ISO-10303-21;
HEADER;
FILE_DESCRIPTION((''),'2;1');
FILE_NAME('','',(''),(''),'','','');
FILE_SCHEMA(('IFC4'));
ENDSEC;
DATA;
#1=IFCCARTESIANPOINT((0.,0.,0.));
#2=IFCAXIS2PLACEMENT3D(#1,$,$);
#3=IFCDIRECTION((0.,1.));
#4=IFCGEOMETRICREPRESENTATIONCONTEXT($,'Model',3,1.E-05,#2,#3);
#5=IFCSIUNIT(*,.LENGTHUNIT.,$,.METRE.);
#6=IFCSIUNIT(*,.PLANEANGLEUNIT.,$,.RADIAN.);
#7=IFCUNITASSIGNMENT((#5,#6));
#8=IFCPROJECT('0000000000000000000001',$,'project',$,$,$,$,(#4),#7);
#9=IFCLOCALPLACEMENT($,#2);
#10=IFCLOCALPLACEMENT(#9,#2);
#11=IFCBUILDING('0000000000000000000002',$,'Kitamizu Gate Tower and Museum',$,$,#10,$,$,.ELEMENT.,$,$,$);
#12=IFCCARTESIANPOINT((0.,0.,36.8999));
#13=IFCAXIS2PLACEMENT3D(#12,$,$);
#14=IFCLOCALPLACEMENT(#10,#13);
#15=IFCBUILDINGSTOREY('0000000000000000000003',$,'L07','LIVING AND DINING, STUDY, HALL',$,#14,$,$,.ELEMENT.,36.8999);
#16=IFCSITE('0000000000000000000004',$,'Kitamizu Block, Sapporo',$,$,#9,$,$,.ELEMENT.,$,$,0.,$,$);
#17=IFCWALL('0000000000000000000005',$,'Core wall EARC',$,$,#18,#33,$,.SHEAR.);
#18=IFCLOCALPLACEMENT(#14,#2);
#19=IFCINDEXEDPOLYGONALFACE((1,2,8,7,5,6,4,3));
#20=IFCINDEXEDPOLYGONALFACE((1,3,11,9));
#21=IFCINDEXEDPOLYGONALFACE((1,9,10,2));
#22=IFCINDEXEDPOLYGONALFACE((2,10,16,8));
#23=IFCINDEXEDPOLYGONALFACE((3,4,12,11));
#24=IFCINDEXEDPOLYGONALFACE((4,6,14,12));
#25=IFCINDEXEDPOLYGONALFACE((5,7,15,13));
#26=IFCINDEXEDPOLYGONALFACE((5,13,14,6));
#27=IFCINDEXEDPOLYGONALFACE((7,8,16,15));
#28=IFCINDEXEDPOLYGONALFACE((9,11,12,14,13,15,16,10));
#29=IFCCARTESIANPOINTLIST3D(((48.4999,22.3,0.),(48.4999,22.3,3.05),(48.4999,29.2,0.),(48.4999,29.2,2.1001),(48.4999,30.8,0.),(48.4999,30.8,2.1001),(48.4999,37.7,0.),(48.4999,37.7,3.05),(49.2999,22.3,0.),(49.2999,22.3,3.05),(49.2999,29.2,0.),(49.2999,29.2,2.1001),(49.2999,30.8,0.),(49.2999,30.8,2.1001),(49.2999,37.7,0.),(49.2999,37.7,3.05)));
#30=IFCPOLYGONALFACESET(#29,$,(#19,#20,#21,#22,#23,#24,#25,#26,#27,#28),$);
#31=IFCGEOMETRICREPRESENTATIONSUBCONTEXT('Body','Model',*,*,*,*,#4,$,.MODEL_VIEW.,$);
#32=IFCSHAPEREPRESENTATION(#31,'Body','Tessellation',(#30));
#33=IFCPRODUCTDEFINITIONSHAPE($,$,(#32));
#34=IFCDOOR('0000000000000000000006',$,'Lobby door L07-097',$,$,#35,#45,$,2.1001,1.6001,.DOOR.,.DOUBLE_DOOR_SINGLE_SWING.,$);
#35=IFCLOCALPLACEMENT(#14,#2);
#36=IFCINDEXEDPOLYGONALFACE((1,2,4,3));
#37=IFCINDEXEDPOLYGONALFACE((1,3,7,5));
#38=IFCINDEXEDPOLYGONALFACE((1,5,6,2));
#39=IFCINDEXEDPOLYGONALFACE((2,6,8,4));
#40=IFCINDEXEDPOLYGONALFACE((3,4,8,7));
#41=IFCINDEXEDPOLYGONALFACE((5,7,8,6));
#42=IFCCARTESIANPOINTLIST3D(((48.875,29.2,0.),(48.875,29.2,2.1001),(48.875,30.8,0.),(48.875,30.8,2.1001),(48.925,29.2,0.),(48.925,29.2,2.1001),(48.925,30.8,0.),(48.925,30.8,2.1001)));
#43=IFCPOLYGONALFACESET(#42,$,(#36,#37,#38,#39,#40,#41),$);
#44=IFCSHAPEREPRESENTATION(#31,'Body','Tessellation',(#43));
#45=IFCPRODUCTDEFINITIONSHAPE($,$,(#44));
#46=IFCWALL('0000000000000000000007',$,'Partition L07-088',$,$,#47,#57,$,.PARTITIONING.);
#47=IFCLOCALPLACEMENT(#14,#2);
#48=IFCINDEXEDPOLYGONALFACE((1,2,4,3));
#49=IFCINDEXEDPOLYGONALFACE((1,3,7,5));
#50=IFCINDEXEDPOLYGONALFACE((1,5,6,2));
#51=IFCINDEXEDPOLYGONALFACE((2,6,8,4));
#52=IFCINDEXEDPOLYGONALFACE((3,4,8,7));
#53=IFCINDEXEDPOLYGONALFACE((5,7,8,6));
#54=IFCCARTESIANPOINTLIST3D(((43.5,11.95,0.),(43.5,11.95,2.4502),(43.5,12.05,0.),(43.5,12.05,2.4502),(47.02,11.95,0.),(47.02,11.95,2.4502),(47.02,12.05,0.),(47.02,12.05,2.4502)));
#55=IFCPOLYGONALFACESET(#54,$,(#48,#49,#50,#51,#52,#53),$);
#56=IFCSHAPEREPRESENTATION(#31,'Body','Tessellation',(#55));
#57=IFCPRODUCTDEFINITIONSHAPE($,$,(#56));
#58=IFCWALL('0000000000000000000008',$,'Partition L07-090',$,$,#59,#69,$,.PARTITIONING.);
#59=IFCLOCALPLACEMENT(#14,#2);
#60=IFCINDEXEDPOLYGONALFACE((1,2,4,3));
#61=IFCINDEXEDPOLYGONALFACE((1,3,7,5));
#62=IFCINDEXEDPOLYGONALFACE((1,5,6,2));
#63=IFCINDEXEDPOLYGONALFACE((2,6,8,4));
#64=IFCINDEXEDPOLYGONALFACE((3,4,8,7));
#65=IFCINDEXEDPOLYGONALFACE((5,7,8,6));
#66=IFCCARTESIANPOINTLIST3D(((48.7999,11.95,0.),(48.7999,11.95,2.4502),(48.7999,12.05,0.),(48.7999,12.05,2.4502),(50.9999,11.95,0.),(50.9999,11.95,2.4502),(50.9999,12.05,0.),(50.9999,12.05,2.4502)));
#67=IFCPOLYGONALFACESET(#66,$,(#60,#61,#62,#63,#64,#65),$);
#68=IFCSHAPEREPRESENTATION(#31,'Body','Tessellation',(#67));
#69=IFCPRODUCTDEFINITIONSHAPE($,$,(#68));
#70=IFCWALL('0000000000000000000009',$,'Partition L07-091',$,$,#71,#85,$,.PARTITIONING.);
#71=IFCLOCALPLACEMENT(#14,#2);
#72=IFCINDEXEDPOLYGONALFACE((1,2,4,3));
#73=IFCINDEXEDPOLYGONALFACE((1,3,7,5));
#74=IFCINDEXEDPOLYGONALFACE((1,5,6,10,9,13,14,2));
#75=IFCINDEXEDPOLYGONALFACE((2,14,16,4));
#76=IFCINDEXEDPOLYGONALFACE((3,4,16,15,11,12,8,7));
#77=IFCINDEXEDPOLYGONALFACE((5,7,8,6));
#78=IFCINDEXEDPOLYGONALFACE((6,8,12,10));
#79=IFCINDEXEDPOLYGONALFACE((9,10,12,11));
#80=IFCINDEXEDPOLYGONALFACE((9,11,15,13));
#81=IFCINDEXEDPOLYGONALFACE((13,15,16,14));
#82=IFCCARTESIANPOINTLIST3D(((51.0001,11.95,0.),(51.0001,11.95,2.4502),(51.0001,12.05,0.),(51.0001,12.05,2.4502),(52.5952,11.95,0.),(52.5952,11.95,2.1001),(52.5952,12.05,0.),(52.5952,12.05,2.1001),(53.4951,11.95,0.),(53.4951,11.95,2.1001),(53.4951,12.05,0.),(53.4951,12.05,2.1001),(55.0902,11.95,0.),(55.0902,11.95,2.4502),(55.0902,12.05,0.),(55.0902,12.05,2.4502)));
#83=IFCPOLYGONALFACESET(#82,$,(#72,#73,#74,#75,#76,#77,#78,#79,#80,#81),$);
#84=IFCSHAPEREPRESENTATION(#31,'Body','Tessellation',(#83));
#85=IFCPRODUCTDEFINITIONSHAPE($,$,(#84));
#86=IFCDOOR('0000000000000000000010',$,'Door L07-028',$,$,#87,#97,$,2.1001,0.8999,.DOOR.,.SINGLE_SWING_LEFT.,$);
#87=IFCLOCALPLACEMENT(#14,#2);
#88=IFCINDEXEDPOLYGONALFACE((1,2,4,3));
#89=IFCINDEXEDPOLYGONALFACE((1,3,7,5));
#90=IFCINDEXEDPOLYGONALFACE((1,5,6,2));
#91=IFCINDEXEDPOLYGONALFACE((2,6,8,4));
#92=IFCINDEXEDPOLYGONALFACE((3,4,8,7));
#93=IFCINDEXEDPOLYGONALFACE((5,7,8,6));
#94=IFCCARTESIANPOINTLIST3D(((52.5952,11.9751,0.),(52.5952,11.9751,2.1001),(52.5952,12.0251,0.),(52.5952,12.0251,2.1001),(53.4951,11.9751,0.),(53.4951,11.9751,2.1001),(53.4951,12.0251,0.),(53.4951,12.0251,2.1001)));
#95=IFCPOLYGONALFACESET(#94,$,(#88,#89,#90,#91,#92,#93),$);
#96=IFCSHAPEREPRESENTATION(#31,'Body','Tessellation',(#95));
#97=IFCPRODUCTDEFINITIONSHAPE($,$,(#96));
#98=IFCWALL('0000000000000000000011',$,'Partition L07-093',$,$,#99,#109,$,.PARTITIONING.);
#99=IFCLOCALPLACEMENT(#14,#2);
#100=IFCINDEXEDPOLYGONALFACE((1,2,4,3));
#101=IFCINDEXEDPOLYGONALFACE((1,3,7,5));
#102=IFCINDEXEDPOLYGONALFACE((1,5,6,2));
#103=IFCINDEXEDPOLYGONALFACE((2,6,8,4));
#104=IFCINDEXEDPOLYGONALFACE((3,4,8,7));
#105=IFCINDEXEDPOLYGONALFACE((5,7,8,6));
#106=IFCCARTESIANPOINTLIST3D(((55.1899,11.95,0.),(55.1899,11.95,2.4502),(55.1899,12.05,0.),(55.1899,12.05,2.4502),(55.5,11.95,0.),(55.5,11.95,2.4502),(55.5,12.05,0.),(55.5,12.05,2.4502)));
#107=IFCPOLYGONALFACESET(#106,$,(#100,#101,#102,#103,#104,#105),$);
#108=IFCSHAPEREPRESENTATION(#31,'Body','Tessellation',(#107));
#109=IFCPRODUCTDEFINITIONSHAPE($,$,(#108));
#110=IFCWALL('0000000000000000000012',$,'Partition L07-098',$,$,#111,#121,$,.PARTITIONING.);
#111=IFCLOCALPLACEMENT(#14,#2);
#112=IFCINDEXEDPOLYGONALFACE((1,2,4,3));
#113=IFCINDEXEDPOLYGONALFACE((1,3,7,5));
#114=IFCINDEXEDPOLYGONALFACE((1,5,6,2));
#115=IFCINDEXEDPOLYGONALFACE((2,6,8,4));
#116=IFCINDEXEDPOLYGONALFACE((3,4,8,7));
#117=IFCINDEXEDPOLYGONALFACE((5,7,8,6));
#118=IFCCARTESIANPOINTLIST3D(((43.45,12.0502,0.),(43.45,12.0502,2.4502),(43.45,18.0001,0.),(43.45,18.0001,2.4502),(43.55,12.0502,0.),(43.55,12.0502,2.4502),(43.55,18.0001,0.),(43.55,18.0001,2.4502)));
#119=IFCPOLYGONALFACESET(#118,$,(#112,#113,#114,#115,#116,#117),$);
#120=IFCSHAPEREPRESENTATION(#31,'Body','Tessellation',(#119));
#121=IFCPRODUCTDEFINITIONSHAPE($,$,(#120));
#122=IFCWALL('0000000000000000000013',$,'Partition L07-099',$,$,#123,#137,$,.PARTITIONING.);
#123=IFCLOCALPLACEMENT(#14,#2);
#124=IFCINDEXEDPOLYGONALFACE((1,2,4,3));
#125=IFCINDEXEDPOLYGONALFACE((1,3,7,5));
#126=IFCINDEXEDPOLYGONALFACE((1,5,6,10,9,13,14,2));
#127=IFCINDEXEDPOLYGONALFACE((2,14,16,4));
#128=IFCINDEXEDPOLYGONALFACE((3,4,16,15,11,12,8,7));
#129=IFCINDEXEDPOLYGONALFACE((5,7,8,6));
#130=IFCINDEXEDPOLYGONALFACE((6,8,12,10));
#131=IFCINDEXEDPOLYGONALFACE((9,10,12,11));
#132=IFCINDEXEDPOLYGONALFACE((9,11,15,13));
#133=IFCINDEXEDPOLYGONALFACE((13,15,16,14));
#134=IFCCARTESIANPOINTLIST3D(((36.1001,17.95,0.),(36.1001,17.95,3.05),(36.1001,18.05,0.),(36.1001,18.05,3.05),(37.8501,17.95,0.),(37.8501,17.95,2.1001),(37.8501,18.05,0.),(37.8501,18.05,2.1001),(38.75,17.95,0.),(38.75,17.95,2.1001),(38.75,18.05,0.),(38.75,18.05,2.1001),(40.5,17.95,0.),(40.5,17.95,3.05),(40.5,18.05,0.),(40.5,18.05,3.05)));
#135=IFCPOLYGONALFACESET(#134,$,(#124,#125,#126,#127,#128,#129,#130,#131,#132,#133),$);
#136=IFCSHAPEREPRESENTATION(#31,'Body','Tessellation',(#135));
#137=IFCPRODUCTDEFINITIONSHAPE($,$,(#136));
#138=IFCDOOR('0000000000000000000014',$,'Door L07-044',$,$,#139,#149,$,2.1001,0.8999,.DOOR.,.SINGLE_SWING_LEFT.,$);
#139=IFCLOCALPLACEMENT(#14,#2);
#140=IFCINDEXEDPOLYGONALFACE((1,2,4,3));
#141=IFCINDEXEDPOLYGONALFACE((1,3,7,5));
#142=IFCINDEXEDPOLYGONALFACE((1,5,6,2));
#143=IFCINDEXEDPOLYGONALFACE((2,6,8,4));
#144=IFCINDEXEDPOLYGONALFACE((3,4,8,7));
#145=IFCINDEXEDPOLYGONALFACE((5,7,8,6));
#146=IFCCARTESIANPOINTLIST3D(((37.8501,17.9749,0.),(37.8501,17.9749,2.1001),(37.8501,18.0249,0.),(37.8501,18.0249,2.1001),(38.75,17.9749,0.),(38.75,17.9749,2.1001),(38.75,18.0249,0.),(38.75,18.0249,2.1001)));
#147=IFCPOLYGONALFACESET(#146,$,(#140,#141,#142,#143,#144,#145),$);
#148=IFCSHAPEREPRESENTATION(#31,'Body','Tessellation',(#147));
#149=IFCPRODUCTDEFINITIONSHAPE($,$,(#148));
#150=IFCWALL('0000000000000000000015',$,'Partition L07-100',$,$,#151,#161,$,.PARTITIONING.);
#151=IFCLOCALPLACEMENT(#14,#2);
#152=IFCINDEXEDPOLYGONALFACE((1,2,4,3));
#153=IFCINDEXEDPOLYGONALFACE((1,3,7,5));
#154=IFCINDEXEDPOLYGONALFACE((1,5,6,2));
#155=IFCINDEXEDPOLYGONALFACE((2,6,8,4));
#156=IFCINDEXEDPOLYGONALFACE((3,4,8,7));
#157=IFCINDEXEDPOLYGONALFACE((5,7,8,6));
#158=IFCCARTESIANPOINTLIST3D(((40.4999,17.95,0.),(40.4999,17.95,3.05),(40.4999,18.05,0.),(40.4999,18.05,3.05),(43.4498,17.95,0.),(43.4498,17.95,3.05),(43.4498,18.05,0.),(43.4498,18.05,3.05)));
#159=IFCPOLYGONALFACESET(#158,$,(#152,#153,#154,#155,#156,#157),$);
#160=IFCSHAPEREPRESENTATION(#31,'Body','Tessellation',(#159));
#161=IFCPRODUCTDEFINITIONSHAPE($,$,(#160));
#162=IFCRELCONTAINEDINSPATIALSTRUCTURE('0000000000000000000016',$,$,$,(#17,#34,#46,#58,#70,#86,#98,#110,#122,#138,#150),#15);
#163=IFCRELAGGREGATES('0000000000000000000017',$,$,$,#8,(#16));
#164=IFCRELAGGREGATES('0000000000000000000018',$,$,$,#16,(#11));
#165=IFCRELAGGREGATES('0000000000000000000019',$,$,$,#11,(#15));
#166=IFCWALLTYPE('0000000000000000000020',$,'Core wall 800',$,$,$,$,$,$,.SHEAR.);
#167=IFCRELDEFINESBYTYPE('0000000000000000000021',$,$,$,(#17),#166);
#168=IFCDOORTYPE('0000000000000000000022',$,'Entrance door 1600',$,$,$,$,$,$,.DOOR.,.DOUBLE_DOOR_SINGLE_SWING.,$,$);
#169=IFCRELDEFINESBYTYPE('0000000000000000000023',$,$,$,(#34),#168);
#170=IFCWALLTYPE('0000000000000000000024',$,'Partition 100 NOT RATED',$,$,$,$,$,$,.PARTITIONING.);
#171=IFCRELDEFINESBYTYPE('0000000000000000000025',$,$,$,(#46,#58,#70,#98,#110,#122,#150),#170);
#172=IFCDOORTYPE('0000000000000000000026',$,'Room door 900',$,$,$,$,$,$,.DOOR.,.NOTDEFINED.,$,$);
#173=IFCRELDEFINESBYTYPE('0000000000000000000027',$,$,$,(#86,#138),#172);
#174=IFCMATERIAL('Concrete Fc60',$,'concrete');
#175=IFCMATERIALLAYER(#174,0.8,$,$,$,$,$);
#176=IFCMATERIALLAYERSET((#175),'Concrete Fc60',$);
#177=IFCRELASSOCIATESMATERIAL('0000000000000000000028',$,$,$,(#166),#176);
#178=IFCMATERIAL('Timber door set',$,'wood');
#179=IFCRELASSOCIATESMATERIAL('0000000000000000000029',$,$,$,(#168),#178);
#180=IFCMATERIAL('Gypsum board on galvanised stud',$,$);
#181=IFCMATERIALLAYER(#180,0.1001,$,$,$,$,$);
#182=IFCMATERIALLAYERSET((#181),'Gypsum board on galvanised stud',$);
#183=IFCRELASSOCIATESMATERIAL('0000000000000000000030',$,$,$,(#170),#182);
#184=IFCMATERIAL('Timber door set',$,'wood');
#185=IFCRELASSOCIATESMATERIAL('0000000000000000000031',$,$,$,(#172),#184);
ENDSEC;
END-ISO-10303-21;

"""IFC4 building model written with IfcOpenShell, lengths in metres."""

from ifc_helpers import new_model, si_unit, direction, frame, frame_2d, origin, place, context, subcontext, project, spatial, rectangle, extrude, material, layer, layer_set, type_object, element, fill, save


model = new_model("IFC4")

# Units and contexts
model_context = context("Model", 3, precision=1e-05, world=origin(), true_north=direction((0.0, 1.0)))
body_context = subcontext(model_context, "Body", "Model", "MODEL_VIEW")
ifc_project = project(units=[si_unit("LENGTHUNIT", "METRE"), si_unit("PLANEANGLEUNIT", "RADIAN")], contexts=[model_context])

# Site, building, storey
site_placement = place(None, origin())
site = spatial("IfcSite", under=ifc_project, at=site_placement, Name="Kitamizu Block, Sapporo", CompositionType="ELEMENT", RefElevation=0.0)
building_placement = place(site_placement, origin())
building = spatial("IfcBuilding", under=site, at=building_placement, Name="Kitamizu Gate Tower and Museum", CompositionType="ELEMENT")
storey_placement = place(building_placement, frame((0.0, 0.0, 36.8999)))
storey = spatial("IfcBuildingStorey", under=building, at=storey_placement, Name="L07", Description="LIVING AND DINING, STUDY, HALL", CompositionType="ELEMENT", Elevation=36.8999)

# Wall, opening, door
ifc_material_1 = material(Name="Concrete Fc60", Category="concrete")
ifc_layer_1 = layer(ifc_material_1, 0.8)
ifc_layer_set_1 = layer_set([ifc_layer_1], Name="Concrete Fc60")
wall_type_1 = type_object("IfcWallType", Name="Core wall 800", PredefinedType="SHEAR", material=ifc_layer_set_1)
wall_1_placement = place(storey_placement, frame((48.8999, 22.3, 0.0), z_axis=(0.0, 0.0, 1.0), x_axis=(0.0, 1.0, 0.0)))
wall_1 = element("IfcWall", 1, at=wall_1_placement, inside=storey, type_object=wall_type_1, Name="Core wall EARC", PredefinedType="SHEAR", context=body_context, shape_type="SweptSolid", body=[
    extrude(rectangle(XDim=15.3999, YDim=0.8, at=frame_2d((7.7, 0.0))), origin(), (0.0, 0.0, 1.0), 3.05),
])
opening_1_placement = place(wall_1_placement, frame((6.8999, 0.0, 0.0)))
opening_1 = element("IfcOpeningElement", 2, at=opening_1_placement, cuts=wall_1, PredefinedType="OPENING", context=body_context, shape_type="SweptSolid", body=[
    extrude(rectangle(XDim=1.6001, YDim=2.1001, at=frame_2d((0.8, 1.05))), frame((0.0, 0.4102, 0.0), z_axis=(0.0, -1.0, 0.0), x_axis=(1.0, 0.0, 0.0)), (0.0, 0.0, 1.0), 0.8201),
])
ifc_material_2 = material(Name="Timber door set", Category="wood")
door_type_1 = type_object("IfcDoorType", Name="Entrance door 1600", OperationType="DOUBLE_DOOR_SINGLE_SWING", PredefinedType="DOOR", material=ifc_material_2)
door_1_placement = place(opening_1_placement, origin())
door_1 = element("IfcDoor", 3, at=door_1_placement, inside=storey, type_object=door_type_1, Name="Lobby door L07-097", OperationType="DOUBLE_DOOR_SINGLE_SWING", OverallHeight=2.1001, OverallWidth=1.6001, PredefinedType="DOOR", context=body_context, shape_type="SweptSolid", body=[
    extrude(rectangle(XDim=1.6001, YDim=2.1001, at=frame_2d((0.8, 1.05))), frame((0.0, 0.0249, 0.0), z_axis=(0.0, -1.0, 0.0), x_axis=(1.0, 0.0, 0.0)), (0.0, 0.0, 1.0), 0.05),
])
fill(opening_1, door_1)

# Walls
ifc_material_3 = material(Name="Gypsum board on galvanised stud")
ifc_layer_2 = layer(ifc_material_3, 0.1001)
ifc_layer_set_2 = layer_set([ifc_layer_2], Name="Gypsum board on galvanised stud")
wall_type_2 = type_object("IfcWallType", Name="Partition 100 NOT RATED", PredefinedType="PARTITIONING", material=ifc_layer_set_2)
wall_2_placement = place(storey_placement, frame((47.02, 12.0, 0.0), z_axis=(0.0, 0.0, 1.0), x_axis=(-1.0, 0.0, 0.0)))
element("IfcWall", 4, at=wall_2_placement, inside=storey, type_object=wall_type_2, Name="Partition L07-088", PredefinedType="PARTITIONING", context=body_context, shape_type="SweptSolid", body=[
    extrude(rectangle(XDim=3.52, YDim=0.1001, at=frame_2d((1.76, 0.0))), origin(), (0.0, 0.0, 1.0), 2.4502),
])
wall_3_placement = place(storey_placement, frame((51.0, 12.0, 0.0), z_axis=(0.0, 0.0, 1.0), x_axis=(-1.0, 0.0, 0.0)))
element("IfcWall", 5, at=wall_3_placement, inside=storey, type_object=wall_type_2, Name="Partition L07-090", PredefinedType="PARTITIONING", context=body_context, shape_type="SweptSolid", body=[
    extrude(rectangle(XDim=2.2, YDim=0.1001, at=frame_2d((1.1001, 0.0))), origin(), (0.0, 0.0, 1.0), 2.4502),
])

# Wall, opening, door
wall_4_placement = place(storey_placement, frame((55.0901, 12.0, 0.0), z_axis=(0.0, 0.0, 1.0), x_axis=(-1.0, 0.0, 0.0)))
wall_4 = element("IfcWall", 6, at=wall_4_placement, inside=storey, type_object=wall_type_2, Name="Partition L07-091", PredefinedType="PARTITIONING", context=body_context, shape_type="SweptSolid", body=[
    extrude(rectangle(XDim=4.0901, YDim=0.1001, at=frame_2d((2.0449, 0.0))), origin(), (0.0, 0.0, 1.0), 2.4502),
])
opening_2_placement = place(wall_4_placement, frame((1.595, 0.0, 0.0)))
opening_2 = element("IfcOpeningElement", 7, at=opening_2_placement, cuts=wall_4, PredefinedType="OPENING", context=body_context, shape_type="SweptSolid", body=[
    extrude(rectangle(XDim=0.8999, YDim=2.1001, at=frame_2d((0.45, 1.05))), frame((0.0, 0.0601, 0.0), z_axis=(0.0, -1.0, 0.0), x_axis=(1.0, 0.0, 0.0)), (0.0, 0.0, 1.0), 0.1201),
])
ifc_material_4 = material(Name="Timber door set", Category="wood")
door_type_2 = type_object("IfcDoorType", Name="Room door 900", OperationType="NOTDEFINED", PredefinedType="DOOR", material=ifc_material_4)
door_2_placement = place(opening_2_placement, origin())
door_2 = element("IfcDoor", 8, at=door_2_placement, inside=storey, type_object=door_type_2, Name="Door L07-028", OperationType="SINGLE_SWING_LEFT", OverallHeight=2.1001, OverallWidth=0.8999, PredefinedType="DOOR", context=body_context, shape_type="SweptSolid", body=[
    extrude(rectangle(XDim=0.8999, YDim=2.1001, at=frame_2d((0.45, 1.05))), frame((0.0, 0.0249, 0.0), z_axis=(0.0, -1.0, 0.0), x_axis=(1.0, 0.0, 0.0)), (0.0, 0.0, 1.0), 0.05),
])
fill(opening_2, door_2)

# Walls
wall_5_placement = place(storey_placement, frame((55.5, 12.0, 0.0), z_axis=(0.0, 0.0, 1.0), x_axis=(-1.0, 0.0, 0.0)))
element("IfcWall", 9, at=wall_5_placement, inside=storey, type_object=wall_type_2, Name="Partition L07-093", PredefinedType="PARTITIONING", context=body_context, shape_type="SweptSolid", body=[
    extrude(rectangle(XDim=0.3101, YDim=0.1001, at=frame_2d((0.155, 0.0))), origin(), (0.0, 0.0, 1.0), 2.4502),
])
wall_6_placement = place(storey_placement, frame((43.5, 12.05, 0.0), z_axis=(0.0, 0.0, 1.0), x_axis=(0.0, 1.0, 0.0)))
element("IfcWall", 10, at=wall_6_placement, inside=storey, type_object=wall_type_2, Name="Partition L07-098", PredefinedType="PARTITIONING", context=body_context, shape_type="SweptSolid", body=[
    extrude(rectangle(XDim=5.95, YDim=0.1001, at=frame_2d((2.9751, 0.0))), origin(), (0.0, 0.0, 1.0), 2.4502),
])

# Wall, opening, door
wall_7_placement = place(storey_placement, frame((40.5, 18.0, 0.0), z_axis=(0.0, 0.0, 1.0), x_axis=(-1.0, 0.0, 0.0)))
wall_7 = element("IfcWall", 11, at=wall_7_placement, inside=storey, type_object=wall_type_2, Name="Partition L07-099", PredefinedType="PARTITIONING", context=body_context, shape_type="SweptSolid", body=[
    extrude(rectangle(XDim=4.3999, YDim=0.1001, at=frame_2d((2.2, 0.0))), origin(), (0.0, 0.0, 1.0), 3.05),
])
opening_3_placement = place(wall_7_placement, frame((1.75, 0.0, 0.0)))
opening_3 = element("IfcOpeningElement", 12, at=opening_3_placement, cuts=wall_7, PredefinedType="OPENING", context=body_context, shape_type="SweptSolid", body=[
    extrude(rectangle(XDim=0.8999, YDim=2.1001, at=frame_2d((0.45, 1.05))), frame((0.0, 0.0601, 0.0), z_axis=(0.0, -1.0, 0.0), x_axis=(1.0, 0.0, 0.0)), (0.0, 0.0, 1.0), 0.1201),
])
door_3_placement = place(opening_3_placement, frame((0.8999, 0.0, 0.0), x_axis=(-1.0, 0.0, 0.0)))
door_3 = element("IfcDoor", 13, at=door_3_placement, inside=storey, type_object=door_type_2, Name="Door L07-044", OperationType="SINGLE_SWING_LEFT", OverallHeight=2.1001, OverallWidth=0.8999, PredefinedType="DOOR", context=body_context, shape_type="SweptSolid", body=[
    extrude(rectangle(XDim=0.8999, YDim=2.1001, at=frame_2d((0.45, 1.05))), frame((0.0, 0.0249, 0.0), z_axis=(0.0, -1.0, 0.0), x_axis=(1.0, 0.0, 0.0)), (0.0, 0.0, 1.0), 0.05),
])
fill(opening_3, door_3)

# Wall
wall_8_placement = place(storey_placement, frame((43.45, 18.0, 0.0), z_axis=(0.0, 0.0, 1.0), x_axis=(-1.0, 0.0, 0.0)))
element("IfcWall", 14, at=wall_8_placement, inside=storey, type_object=wall_type_2, Name="Partition L07-100", PredefinedType="PARTITIONING", context=body_context, shape_type="SweptSolid", body=[
    extrude(rectangle(XDim=2.95, YDim=0.1001, at=frame_2d((1.4751, 0.0))), origin(), (0.0, 0.0, 1.0), 3.05),
])

save(model, "model.ifc")
